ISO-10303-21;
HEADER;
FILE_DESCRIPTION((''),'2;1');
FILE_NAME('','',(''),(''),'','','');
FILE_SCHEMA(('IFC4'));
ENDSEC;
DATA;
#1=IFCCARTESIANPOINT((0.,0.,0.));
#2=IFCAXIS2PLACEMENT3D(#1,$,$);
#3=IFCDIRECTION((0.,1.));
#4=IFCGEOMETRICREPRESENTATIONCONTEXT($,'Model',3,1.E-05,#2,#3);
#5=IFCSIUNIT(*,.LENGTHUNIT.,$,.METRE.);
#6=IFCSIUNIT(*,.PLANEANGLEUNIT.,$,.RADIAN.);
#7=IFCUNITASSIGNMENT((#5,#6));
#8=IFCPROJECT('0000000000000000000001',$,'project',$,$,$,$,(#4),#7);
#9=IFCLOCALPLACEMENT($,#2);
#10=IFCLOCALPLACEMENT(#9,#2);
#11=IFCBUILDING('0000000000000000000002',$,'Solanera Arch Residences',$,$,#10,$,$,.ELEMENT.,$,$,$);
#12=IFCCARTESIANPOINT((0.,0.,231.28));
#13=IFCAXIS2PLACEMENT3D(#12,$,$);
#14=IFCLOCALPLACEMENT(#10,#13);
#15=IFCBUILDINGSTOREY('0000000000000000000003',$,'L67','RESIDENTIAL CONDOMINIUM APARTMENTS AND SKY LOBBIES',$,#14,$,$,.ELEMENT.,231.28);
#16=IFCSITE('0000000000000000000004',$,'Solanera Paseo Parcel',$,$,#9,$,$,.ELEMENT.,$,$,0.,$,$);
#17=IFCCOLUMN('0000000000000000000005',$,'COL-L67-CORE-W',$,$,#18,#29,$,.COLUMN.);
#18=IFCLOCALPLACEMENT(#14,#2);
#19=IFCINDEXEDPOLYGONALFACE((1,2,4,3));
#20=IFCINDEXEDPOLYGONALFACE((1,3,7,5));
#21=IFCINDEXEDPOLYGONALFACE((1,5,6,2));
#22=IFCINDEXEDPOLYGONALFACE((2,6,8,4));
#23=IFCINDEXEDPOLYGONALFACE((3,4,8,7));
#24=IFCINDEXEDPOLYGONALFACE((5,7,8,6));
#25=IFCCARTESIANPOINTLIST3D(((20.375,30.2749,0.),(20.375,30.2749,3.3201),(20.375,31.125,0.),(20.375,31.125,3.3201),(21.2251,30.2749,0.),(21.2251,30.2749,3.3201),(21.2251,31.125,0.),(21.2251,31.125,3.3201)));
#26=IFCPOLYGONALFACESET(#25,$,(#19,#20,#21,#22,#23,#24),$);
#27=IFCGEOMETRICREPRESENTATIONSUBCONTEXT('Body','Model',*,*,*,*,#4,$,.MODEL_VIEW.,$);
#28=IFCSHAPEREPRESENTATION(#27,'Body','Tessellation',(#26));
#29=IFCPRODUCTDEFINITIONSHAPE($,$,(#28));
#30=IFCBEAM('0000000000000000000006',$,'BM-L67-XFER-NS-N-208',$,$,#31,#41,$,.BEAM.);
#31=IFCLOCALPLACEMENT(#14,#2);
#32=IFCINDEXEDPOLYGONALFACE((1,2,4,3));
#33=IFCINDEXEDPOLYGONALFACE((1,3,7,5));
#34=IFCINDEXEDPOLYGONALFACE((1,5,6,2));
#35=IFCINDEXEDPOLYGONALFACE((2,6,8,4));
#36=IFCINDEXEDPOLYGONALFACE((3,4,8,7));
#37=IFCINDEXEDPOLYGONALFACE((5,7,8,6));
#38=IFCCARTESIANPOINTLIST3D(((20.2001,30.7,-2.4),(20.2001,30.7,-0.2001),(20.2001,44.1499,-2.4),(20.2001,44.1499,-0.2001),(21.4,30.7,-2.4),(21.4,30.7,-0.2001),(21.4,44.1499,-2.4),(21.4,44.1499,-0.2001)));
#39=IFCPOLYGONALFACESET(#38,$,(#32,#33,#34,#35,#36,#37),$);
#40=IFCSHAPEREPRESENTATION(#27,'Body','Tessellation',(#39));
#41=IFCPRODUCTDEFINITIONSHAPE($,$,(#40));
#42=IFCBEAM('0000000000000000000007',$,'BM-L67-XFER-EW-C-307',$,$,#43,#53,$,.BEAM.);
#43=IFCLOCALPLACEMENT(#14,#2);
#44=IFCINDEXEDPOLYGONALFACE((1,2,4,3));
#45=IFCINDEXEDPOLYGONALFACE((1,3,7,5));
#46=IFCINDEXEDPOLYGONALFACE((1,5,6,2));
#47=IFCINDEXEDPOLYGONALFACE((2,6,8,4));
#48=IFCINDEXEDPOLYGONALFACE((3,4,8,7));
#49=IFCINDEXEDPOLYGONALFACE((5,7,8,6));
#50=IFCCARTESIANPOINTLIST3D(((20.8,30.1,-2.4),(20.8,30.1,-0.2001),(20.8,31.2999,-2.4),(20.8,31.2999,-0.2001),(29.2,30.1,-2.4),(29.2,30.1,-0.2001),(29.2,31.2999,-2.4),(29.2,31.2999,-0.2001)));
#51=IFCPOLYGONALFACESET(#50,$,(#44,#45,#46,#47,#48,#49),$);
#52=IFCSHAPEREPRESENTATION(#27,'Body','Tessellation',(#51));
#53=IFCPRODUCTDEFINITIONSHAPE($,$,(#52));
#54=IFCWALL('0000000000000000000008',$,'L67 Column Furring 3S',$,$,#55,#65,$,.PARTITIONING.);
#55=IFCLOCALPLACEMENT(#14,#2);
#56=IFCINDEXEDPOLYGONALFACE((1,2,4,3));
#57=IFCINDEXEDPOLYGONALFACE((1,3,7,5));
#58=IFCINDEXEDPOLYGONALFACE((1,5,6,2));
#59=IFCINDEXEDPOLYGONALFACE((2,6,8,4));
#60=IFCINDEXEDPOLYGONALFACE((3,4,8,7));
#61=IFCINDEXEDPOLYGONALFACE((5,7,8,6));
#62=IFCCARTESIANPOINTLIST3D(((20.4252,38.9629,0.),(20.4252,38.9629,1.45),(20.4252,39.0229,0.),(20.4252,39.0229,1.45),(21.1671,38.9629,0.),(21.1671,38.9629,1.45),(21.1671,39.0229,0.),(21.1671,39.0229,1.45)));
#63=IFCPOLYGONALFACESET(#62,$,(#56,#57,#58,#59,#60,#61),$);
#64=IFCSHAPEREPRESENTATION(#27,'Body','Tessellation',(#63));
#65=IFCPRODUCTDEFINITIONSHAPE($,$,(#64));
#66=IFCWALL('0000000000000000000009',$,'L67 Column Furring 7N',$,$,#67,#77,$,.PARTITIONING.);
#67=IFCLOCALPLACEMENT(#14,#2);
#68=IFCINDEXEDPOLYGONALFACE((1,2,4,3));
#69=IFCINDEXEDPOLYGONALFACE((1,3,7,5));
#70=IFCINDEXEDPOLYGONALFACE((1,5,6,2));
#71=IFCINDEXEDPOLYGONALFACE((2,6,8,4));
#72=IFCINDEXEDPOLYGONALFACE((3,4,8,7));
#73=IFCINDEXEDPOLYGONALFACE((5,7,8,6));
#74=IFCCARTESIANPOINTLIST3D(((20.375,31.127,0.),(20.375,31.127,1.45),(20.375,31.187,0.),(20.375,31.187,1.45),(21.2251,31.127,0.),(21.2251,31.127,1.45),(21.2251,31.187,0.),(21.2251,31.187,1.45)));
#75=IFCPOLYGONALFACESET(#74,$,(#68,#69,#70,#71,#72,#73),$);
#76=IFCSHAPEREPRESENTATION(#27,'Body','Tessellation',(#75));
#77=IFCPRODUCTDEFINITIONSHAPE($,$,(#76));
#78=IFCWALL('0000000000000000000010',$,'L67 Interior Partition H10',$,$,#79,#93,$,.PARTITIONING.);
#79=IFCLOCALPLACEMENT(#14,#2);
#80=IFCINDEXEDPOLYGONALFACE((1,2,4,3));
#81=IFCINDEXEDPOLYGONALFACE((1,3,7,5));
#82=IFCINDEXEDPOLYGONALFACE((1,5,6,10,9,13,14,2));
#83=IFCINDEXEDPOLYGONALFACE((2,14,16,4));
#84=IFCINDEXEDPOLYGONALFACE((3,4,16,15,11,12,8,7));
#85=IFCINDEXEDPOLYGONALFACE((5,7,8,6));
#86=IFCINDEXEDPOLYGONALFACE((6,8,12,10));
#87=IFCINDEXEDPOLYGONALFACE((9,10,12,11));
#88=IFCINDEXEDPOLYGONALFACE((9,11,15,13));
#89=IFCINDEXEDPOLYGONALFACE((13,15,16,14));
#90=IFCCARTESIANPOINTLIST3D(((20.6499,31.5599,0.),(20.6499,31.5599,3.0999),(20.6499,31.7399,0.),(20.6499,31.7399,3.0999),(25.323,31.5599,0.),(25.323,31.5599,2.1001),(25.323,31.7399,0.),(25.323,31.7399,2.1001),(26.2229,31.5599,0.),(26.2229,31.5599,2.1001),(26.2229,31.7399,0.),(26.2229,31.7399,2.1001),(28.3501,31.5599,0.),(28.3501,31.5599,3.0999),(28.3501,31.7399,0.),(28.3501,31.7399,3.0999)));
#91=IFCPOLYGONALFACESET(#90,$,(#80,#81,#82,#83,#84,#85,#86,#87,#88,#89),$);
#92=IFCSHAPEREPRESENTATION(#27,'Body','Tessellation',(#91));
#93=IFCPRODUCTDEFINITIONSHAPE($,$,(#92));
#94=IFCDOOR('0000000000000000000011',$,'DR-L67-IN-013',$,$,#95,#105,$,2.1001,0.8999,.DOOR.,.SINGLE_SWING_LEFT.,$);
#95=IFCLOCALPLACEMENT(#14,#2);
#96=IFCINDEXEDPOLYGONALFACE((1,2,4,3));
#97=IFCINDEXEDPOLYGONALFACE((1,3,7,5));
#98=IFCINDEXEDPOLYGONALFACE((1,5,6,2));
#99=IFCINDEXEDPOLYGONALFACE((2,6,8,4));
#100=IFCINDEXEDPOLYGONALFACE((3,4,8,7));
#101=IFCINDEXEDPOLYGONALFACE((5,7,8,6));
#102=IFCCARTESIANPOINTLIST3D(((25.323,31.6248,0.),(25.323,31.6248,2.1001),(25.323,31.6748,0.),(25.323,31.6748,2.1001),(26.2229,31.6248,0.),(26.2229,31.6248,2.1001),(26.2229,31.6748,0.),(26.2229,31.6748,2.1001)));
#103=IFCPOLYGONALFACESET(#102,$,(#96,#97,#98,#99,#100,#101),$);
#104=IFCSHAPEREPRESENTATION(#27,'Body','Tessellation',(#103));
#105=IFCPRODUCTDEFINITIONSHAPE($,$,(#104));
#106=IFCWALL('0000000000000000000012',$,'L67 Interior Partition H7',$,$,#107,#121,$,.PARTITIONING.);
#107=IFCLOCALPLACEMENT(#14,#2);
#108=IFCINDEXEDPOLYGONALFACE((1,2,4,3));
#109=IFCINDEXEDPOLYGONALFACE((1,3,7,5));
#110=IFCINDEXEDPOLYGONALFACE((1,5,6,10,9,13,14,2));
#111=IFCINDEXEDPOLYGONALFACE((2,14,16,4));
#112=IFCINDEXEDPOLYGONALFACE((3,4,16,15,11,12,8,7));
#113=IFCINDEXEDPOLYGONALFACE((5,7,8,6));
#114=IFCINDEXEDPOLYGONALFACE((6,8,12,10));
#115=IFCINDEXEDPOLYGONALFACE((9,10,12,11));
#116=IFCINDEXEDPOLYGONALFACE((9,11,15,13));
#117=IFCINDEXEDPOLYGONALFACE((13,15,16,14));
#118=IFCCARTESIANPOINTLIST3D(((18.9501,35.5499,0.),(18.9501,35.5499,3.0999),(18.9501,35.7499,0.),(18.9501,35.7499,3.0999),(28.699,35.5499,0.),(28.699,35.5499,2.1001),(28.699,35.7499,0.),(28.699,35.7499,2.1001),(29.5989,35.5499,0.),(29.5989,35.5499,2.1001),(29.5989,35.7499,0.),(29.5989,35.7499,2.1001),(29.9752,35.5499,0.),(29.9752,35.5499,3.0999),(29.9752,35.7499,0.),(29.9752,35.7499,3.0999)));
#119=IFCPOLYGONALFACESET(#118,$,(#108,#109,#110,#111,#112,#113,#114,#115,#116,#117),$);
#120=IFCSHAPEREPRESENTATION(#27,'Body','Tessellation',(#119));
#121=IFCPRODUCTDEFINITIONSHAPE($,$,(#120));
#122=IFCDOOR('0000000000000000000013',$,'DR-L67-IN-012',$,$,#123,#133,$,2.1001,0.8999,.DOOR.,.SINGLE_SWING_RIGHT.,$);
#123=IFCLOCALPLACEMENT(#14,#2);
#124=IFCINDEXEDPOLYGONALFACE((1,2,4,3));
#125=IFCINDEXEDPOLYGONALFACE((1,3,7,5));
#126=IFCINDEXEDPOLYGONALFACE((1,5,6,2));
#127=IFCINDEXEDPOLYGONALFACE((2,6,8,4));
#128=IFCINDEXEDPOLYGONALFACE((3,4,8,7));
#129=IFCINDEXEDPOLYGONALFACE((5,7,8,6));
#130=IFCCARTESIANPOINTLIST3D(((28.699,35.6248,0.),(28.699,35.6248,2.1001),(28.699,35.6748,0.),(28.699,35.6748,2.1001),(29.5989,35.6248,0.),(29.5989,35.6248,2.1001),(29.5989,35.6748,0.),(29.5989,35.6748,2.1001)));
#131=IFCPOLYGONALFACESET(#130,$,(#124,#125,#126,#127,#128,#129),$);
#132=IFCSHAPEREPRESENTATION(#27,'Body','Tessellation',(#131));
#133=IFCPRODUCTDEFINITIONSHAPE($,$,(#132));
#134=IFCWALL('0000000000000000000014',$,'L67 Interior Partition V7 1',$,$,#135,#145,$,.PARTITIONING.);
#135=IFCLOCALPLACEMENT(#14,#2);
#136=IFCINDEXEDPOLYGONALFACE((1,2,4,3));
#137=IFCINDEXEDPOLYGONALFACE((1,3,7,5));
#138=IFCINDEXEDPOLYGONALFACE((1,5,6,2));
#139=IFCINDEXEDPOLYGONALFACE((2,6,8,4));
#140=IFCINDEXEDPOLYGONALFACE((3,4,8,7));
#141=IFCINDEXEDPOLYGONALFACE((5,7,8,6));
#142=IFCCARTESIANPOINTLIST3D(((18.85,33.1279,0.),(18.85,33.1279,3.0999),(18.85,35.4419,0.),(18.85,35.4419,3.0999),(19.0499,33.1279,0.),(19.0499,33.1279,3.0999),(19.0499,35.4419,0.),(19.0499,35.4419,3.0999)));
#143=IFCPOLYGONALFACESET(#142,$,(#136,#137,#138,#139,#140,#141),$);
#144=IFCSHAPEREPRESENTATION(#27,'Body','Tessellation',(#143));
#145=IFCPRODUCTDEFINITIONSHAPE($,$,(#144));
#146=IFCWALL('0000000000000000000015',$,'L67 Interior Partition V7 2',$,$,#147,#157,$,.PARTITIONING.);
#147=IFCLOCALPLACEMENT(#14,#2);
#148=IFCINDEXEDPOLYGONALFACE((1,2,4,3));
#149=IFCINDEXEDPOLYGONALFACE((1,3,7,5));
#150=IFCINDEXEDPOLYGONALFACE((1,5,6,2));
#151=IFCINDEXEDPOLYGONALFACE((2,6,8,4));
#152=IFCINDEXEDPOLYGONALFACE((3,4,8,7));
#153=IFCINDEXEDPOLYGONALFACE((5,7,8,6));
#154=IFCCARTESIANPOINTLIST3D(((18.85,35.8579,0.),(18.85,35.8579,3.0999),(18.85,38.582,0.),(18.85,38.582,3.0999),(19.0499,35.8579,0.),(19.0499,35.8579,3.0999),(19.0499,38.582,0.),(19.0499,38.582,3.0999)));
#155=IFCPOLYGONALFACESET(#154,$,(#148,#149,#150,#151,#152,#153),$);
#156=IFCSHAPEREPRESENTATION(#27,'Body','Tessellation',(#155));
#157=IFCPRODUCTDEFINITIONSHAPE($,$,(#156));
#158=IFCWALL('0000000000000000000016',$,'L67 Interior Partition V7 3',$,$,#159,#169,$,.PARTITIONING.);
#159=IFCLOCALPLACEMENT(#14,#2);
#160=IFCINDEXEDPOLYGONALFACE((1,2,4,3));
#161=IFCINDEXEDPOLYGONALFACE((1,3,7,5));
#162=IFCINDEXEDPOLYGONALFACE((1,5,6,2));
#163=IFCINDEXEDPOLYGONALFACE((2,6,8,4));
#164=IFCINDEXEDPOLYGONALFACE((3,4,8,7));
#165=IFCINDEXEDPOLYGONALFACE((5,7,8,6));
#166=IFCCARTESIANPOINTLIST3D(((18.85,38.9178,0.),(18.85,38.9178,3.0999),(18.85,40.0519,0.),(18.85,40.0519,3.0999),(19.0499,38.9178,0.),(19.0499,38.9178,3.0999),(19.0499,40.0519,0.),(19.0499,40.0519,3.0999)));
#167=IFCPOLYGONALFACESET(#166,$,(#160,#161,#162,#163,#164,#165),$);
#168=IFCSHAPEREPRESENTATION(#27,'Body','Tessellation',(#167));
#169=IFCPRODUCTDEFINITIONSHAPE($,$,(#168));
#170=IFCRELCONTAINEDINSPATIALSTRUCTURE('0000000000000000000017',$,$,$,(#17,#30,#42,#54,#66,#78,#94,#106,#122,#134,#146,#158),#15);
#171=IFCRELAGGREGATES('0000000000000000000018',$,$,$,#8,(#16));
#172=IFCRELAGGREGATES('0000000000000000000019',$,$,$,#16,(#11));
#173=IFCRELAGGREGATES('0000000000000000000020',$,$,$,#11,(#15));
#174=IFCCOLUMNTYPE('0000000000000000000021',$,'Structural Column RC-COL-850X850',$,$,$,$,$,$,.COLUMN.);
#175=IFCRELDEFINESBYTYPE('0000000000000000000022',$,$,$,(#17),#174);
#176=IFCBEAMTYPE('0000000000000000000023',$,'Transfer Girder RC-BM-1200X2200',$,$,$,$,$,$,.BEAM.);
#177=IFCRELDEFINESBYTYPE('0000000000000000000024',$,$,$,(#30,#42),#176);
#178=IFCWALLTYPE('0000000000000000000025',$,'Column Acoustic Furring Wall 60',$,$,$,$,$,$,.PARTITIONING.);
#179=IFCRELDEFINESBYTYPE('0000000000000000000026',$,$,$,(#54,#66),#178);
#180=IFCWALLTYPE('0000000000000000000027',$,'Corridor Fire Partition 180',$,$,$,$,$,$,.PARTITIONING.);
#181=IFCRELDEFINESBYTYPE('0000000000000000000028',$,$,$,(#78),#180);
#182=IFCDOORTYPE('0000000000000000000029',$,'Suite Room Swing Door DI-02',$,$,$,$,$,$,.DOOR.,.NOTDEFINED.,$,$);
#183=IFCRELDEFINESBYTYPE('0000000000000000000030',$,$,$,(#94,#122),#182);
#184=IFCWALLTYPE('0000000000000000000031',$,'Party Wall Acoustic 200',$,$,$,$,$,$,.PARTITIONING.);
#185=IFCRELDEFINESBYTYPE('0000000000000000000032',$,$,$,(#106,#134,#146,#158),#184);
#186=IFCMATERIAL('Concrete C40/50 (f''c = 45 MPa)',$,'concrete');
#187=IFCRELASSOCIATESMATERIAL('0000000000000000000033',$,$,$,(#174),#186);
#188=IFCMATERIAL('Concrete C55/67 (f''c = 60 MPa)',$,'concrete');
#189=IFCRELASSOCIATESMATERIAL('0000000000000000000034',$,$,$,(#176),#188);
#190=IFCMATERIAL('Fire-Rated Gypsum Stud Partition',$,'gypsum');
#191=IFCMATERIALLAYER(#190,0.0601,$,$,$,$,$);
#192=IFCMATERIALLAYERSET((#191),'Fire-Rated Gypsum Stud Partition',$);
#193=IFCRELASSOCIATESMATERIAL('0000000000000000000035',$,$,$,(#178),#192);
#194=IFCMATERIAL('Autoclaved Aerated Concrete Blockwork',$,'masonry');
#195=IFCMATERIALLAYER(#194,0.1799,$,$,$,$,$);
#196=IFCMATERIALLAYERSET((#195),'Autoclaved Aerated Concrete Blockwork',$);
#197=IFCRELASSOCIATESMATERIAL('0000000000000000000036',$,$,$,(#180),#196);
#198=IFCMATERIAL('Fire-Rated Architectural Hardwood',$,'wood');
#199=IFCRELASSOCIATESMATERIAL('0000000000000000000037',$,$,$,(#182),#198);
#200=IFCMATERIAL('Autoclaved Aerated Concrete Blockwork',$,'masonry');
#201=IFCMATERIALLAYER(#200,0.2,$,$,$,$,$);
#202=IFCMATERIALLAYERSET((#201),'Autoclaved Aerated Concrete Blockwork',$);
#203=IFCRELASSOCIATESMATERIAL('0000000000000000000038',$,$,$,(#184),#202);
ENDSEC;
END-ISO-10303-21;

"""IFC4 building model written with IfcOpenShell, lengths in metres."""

from ifc_helpers import new_model, si_unit, direction, frame, frame_2d, origin, origin_2d, place, context, subcontext, project, spatial, rectangle, extrude, material, layer, layer_set, material_profile, profile_set, type_object, element, fill, save


model = new_model("IFC4")

# Units and contexts
model_context = context("Model", 3, precision=1e-05, world=origin(), true_north=direction((0.0, 1.0)))
body_context = subcontext(model_context, "Body", "Model", "MODEL_VIEW")
ifc_project = project(units=[si_unit("LENGTHUNIT", "METRE"), si_unit("PLANEANGLEUNIT", "RADIAN")], contexts=[model_context])

# Site, building, storey
site_placement = place(None, origin())
site = spatial("IfcSite", under=ifc_project, at=site_placement, Name="Solanera Paseo Parcel", CompositionType="ELEMENT", RefElevation=0.0)
building_placement = place(site_placement, origin())
building = spatial("IfcBuilding", under=site, at=building_placement, Name="Solanera Arch Residences", CompositionType="ELEMENT")
storey_placement = place(building_placement, frame((0.0, 0.0, 231.28)))
storey = spatial("IfcBuildingStorey", under=building, at=storey_placement, Name="L67", Description="RESIDENTIAL CONDOMINIUM APARTMENTS AND SKY LOBBIES", CompositionType="ELEMENT", Elevation=231.28)

# Column
ifc_material_1 = material(Name="Concrete C40/50 (f'c = 45 MPa)", Category="concrete")
ifc_material_profile_1 = material_profile(ifc_material_1, rectangle(XDim=0.8501, YDim=0.8501, at=origin_2d()))
ifc_profile_set_1 = profile_set([ifc_material_profile_1], Name="Concrete C40/50 (f'c = 45 MPa)")
column_type = type_object("IfcColumnType", Name="Structural Column RC-COL-850X850", PredefinedType="COLUMN", material=ifc_profile_set_1)
column_placement = place(storey_placement, frame((20.8, 30.7, 0.0), z_axis=(0.0, 0.0, 1.0), x_axis=(1.0, 0.0, 0.0)))
element("IfcColumn", 1, at=column_placement, inside=storey, type_object=column_type, Name="COL-L67-CORE-W", PredefinedType="COLUMN", context=body_context, shape_type="SweptSolid", body=[
    extrude(rectangle(XDim=0.8501, YDim=0.8501, at=origin_2d()), origin(), (0.0, 0.0, 1.0), 3.3201),
])

# Beams
ifc_material_2 = material(Name="Concrete C55/67 (f'c = 60 MPa)", Category="concrete")
ifc_material_profile_2 = material_profile(ifc_material_2, rectangle(XDim=1.2, YDim=2.2, at=origin_2d()))
ifc_profile_set_2 = profile_set([ifc_material_profile_2], Name="Concrete C55/67 (f'c = 60 MPa)")
beam_type = type_object("IfcBeamType", Name="Transfer Girder RC-BM-1200X2200", PredefinedType="BEAM", material=ifc_profile_set_2)
beam_1_placement = place(storey_placement, frame((20.8, 30.7, -1.3), z_axis=(0.0, 1.0, 0.0), x_axis=(-1.0, 0.0, 0.0)))
element("IfcBeam", 2, at=beam_1_placement, inside=storey, type_object=beam_type, Name="BM-L67-XFER-NS-N-208", PredefinedType="BEAM", context=body_context, shape_type="SweptSolid", body=[
    extrude(rectangle(XDim=1.2, YDim=2.2, at=origin_2d()), origin(), (0.0, 0.0, 1.0), 13.45),
])
beam_2_placement = place(storey_placement, frame((20.8, 30.7, -1.3), z_axis=(1.0, 0.0, 0.0), x_axis=(0.0, 1.0, 0.0)))
element("IfcBeam", 3, at=beam_2_placement, inside=storey, type_object=beam_type, Name="BM-L67-XFER-EW-C-307", PredefinedType="BEAM", context=body_context, shape_type="SweptSolid", body=[
    extrude(rectangle(XDim=1.2, YDim=2.2, at=origin_2d()), origin(), (0.0, 0.0, 1.0), 8.3999),
])

# Walls
ifc_material_3 = material(Name="Fire-Rated Gypsum Stud Partition", Category="gypsum")
ifc_layer_1 = layer(ifc_material_3, 0.0601)
ifc_layer_set_1 = layer_set([ifc_layer_1], Name="Fire-Rated Gypsum Stud Partition")
wall_type_1 = type_object("IfcWallType", Name="Column Acoustic Furring Wall 60", PredefinedType="PARTITIONING", material=ifc_layer_set_1)
wall_1_placement = place(storey_placement, frame((20.425, 38.9929, 0.0), z_axis=(0.0, 0.0, 1.0), x_axis=(1.0, 0.0, 0.0)))
element("IfcWall", 4, at=wall_1_placement, inside=storey, type_object=wall_type_1, Name="L67 Column Furring 3S", PredefinedType="PARTITIONING", context=body_context, shape_type="SweptSolid", body=[
    extrude(rectangle(XDim=0.7419, YDim=0.0601, at=frame_2d((0.3711, 0.0))), origin(), (0.0, 0.0, 1.0), 1.45),
])
wall_2_placement = place(storey_placement, frame((20.375, 31.157, 0.0), z_axis=(0.0, 0.0, 1.0), x_axis=(1.0, 0.0, 0.0)))
element("IfcWall", 5, at=wall_2_placement, inside=storey, type_object=wall_type_1, Name="L67 Column Furring 7N", PredefinedType="PARTITIONING", context=body_context, shape_type="SweptSolid", body=[
    extrude(rectangle(XDim=0.8501, YDim=0.0601, at=frame_2d((0.425, 0.0))), origin(), (0.0, 0.0, 1.0), 1.45),
])

# Walls, openings, doors
ifc_material_4 = material(Name="Autoclaved Aerated Concrete Blockwork", Category="masonry")
ifc_layer_2 = layer(ifc_material_4, 0.1799)
ifc_layer_set_2 = layer_set([ifc_layer_2], Name="Autoclaved Aerated Concrete Blockwork")
wall_type_2 = type_object("IfcWallType", Name="Corridor Fire Partition 180", PredefinedType="PARTITIONING", material=ifc_layer_set_2)
wall_3_placement = place(storey_placement, frame((20.6499, 31.6499, 0.0), z_axis=(0.0, 0.0, 1.0), x_axis=(1.0, 0.0, 0.0)))
wall_3 = element("IfcWall", 6, at=wall_3_placement, inside=storey, type_object=wall_type_2, Name="L67 Interior Partition H10", PredefinedType="PARTITIONING", context=body_context, shape_type="SweptSolid", body=[
    extrude(rectangle(XDim=7.7002, YDim=0.1799, at=frame_2d((3.8501, 0.0))), origin(), (0.0, 0.0, 1.0), 3.0999),
])
opening_1_placement = place(wall_3_placement, frame((4.6731, 0.0, 0.0)))
opening_1 = element("IfcOpeningElement", 7, at=opening_1_placement, cuts=wall_3, PredefinedType="OPENING", context=body_context, shape_type="SweptSolid", body=[
    extrude(rectangle(XDim=0.8999, YDim=2.1001, at=frame_2d((0.45, 1.05))), frame((0.0, 0.1001, 0.0), z_axis=(0.0, -1.0, 0.0), x_axis=(1.0, 0.0, 0.0)), (0.0, 0.0, 1.0), 0.1999),
])
ifc_material_5 = material(Name="Fire-Rated Architectural Hardwood", Category="wood")
door_type_1 = type_object("IfcDoorType", Name="Suite Room Swing Door DI-02", OperationType="NOTDEFINED", PredefinedType="DOOR", material=ifc_material_5)
door_1_placement = place(opening_1_placement, origin())
door_1 = element("IfcDoor", 8, at=door_1_placement, inside=storey, type_object=door_type_1, Name="DR-L67-IN-013", OperationType="SINGLE_SWING_LEFT", OverallHeight=2.1001, OverallWidth=0.8999, PredefinedType="DOOR", context=body_context, shape_type="SweptSolid", body=[
    extrude(rectangle(XDim=0.8999, YDim=2.1001, at=frame_2d((0.45, 1.05))), frame((0.0, 0.0249, 0.0), z_axis=(0.0, -1.0, 0.0), x_axis=(1.0, 0.0, 0.0)), (0.0, 0.0, 1.0), 0.05),
])
fill(opening_1, door_1)
ifc_material_6 = material(Name="Autoclaved Aerated Concrete Blockwork", Category="masonry")
ifc_layer_3 = layer(ifc_material_6, 0.2)
ifc_layer_set_3 = layer_set([ifc_layer_3], Name="Autoclaved Aerated Concrete Blockwork")
wall_type_3 = type_object("IfcWallType", Name="Party Wall Acoustic 200", PredefinedType="PARTITIONING", material=ifc_layer_set_3)
wall_4_placement = place(storey_placement, frame((18.95, 35.6499, 0.0), z_axis=(0.0, 0.0, 1.0), x_axis=(1.0, 0.0, 0.0)))
wall_4 = element("IfcWall", 9, at=wall_4_placement, inside=storey, type_object=wall_type_3, Name="L67 Interior Partition H7", PredefinedType="PARTITIONING", context=body_context, shape_type="SweptSolid", body=[
    extrude(rectangle(XDim=11.0251, YDim=0.2, at=frame_2d((5.5127, 0.0))), origin(), (0.0, 0.0, 1.0), 3.0999),
])
opening_2_placement = place(wall_4_placement, frame((9.749, 0.0, 0.0)))
opening_2 = element("IfcOpeningElement", 10, at=opening_2_placement, cuts=wall_4, PredefinedType="OPENING", context=body_context, shape_type="SweptSolid", body=[
    extrude(rectangle(XDim=0.8999, YDim=2.1001, at=frame_2d((0.45, 1.05))), frame((0.0, 0.1101, 0.0), z_axis=(0.0, -1.0, 0.0), x_axis=(1.0, 0.0, 0.0)), (0.0, 0.0, 1.0), 0.22),
])
door_2_placement = place(opening_2_placement, origin())
door_2 = element("IfcDoor", 11, at=door_2_placement, inside=storey, type_object=door_type_1, Name="DR-L67-IN-012", OperationType="SINGLE_SWING_RIGHT", OverallHeight=2.1001, OverallWidth=0.8999, PredefinedType="DOOR", context=body_context, shape_type="SweptSolid", body=[
    extrude(rectangle(XDim=0.8999, YDim=2.1001, at=frame_2d((0.45, 1.05))), frame((0.0, 0.0249, 0.0), z_axis=(0.0, -1.0, 0.0), x_axis=(1.0, 0.0, 0.0)), (0.0, 0.0, 1.0), 0.05),
])
fill(opening_2, door_2)

# Walls
wall_5_placement = place(storey_placement, frame((18.95, 33.1279, 0.0), z_axis=(0.0, 0.0, 1.0), x_axis=(0.0, 1.0, 0.0)))
element("IfcWall", 12, at=wall_5_placement, inside=storey, type_object=wall_type_3, Name="L67 Interior Partition V7 1", PredefinedType="PARTITIONING", context=body_context, shape_type="SweptSolid", body=[
    extrude(rectangle(XDim=2.314, YDim=0.2, at=frame_2d((1.157, 0.0))), origin(), (0.0, 0.0, 1.0), 3.0999),
])
wall_6_placement = place(storey_placement, frame((18.95, 35.8579, 0.0), z_axis=(0.0, 0.0, 1.0), x_axis=(0.0, 1.0, 0.0)))
element("IfcWall", 13, at=wall_6_placement, inside=storey, type_object=wall_type_3, Name="L67 Interior Partition V7 2", PredefinedType="PARTITIONING", context=body_context, shape_type="SweptSolid", body=[
    extrude(rectangle(XDim=2.7241, YDim=0.2, at=frame_2d((1.3621, 0.0))), origin(), (0.0, 0.0, 1.0), 3.0999),
])
wall_7_placement = place(storey_placement, frame((18.95, 38.918, 0.0), z_axis=(0.0, 0.0, 1.0), x_axis=(0.0, 1.0, 0.0)))
element("IfcWall", 14, at=wall_7_placement, inside=storey, type_object=wall_type_3, Name="L67 Interior Partition V7 3", PredefinedType="PARTITIONING", context=body_context, shape_type="SweptSolid", body=[
    extrude(rectangle(XDim=1.134, YDim=0.2, at=frame_2d((0.5669, 0.0))), origin(), (0.0, 0.0, 1.0), 3.0999),
])

save(model, "model.ifc")
